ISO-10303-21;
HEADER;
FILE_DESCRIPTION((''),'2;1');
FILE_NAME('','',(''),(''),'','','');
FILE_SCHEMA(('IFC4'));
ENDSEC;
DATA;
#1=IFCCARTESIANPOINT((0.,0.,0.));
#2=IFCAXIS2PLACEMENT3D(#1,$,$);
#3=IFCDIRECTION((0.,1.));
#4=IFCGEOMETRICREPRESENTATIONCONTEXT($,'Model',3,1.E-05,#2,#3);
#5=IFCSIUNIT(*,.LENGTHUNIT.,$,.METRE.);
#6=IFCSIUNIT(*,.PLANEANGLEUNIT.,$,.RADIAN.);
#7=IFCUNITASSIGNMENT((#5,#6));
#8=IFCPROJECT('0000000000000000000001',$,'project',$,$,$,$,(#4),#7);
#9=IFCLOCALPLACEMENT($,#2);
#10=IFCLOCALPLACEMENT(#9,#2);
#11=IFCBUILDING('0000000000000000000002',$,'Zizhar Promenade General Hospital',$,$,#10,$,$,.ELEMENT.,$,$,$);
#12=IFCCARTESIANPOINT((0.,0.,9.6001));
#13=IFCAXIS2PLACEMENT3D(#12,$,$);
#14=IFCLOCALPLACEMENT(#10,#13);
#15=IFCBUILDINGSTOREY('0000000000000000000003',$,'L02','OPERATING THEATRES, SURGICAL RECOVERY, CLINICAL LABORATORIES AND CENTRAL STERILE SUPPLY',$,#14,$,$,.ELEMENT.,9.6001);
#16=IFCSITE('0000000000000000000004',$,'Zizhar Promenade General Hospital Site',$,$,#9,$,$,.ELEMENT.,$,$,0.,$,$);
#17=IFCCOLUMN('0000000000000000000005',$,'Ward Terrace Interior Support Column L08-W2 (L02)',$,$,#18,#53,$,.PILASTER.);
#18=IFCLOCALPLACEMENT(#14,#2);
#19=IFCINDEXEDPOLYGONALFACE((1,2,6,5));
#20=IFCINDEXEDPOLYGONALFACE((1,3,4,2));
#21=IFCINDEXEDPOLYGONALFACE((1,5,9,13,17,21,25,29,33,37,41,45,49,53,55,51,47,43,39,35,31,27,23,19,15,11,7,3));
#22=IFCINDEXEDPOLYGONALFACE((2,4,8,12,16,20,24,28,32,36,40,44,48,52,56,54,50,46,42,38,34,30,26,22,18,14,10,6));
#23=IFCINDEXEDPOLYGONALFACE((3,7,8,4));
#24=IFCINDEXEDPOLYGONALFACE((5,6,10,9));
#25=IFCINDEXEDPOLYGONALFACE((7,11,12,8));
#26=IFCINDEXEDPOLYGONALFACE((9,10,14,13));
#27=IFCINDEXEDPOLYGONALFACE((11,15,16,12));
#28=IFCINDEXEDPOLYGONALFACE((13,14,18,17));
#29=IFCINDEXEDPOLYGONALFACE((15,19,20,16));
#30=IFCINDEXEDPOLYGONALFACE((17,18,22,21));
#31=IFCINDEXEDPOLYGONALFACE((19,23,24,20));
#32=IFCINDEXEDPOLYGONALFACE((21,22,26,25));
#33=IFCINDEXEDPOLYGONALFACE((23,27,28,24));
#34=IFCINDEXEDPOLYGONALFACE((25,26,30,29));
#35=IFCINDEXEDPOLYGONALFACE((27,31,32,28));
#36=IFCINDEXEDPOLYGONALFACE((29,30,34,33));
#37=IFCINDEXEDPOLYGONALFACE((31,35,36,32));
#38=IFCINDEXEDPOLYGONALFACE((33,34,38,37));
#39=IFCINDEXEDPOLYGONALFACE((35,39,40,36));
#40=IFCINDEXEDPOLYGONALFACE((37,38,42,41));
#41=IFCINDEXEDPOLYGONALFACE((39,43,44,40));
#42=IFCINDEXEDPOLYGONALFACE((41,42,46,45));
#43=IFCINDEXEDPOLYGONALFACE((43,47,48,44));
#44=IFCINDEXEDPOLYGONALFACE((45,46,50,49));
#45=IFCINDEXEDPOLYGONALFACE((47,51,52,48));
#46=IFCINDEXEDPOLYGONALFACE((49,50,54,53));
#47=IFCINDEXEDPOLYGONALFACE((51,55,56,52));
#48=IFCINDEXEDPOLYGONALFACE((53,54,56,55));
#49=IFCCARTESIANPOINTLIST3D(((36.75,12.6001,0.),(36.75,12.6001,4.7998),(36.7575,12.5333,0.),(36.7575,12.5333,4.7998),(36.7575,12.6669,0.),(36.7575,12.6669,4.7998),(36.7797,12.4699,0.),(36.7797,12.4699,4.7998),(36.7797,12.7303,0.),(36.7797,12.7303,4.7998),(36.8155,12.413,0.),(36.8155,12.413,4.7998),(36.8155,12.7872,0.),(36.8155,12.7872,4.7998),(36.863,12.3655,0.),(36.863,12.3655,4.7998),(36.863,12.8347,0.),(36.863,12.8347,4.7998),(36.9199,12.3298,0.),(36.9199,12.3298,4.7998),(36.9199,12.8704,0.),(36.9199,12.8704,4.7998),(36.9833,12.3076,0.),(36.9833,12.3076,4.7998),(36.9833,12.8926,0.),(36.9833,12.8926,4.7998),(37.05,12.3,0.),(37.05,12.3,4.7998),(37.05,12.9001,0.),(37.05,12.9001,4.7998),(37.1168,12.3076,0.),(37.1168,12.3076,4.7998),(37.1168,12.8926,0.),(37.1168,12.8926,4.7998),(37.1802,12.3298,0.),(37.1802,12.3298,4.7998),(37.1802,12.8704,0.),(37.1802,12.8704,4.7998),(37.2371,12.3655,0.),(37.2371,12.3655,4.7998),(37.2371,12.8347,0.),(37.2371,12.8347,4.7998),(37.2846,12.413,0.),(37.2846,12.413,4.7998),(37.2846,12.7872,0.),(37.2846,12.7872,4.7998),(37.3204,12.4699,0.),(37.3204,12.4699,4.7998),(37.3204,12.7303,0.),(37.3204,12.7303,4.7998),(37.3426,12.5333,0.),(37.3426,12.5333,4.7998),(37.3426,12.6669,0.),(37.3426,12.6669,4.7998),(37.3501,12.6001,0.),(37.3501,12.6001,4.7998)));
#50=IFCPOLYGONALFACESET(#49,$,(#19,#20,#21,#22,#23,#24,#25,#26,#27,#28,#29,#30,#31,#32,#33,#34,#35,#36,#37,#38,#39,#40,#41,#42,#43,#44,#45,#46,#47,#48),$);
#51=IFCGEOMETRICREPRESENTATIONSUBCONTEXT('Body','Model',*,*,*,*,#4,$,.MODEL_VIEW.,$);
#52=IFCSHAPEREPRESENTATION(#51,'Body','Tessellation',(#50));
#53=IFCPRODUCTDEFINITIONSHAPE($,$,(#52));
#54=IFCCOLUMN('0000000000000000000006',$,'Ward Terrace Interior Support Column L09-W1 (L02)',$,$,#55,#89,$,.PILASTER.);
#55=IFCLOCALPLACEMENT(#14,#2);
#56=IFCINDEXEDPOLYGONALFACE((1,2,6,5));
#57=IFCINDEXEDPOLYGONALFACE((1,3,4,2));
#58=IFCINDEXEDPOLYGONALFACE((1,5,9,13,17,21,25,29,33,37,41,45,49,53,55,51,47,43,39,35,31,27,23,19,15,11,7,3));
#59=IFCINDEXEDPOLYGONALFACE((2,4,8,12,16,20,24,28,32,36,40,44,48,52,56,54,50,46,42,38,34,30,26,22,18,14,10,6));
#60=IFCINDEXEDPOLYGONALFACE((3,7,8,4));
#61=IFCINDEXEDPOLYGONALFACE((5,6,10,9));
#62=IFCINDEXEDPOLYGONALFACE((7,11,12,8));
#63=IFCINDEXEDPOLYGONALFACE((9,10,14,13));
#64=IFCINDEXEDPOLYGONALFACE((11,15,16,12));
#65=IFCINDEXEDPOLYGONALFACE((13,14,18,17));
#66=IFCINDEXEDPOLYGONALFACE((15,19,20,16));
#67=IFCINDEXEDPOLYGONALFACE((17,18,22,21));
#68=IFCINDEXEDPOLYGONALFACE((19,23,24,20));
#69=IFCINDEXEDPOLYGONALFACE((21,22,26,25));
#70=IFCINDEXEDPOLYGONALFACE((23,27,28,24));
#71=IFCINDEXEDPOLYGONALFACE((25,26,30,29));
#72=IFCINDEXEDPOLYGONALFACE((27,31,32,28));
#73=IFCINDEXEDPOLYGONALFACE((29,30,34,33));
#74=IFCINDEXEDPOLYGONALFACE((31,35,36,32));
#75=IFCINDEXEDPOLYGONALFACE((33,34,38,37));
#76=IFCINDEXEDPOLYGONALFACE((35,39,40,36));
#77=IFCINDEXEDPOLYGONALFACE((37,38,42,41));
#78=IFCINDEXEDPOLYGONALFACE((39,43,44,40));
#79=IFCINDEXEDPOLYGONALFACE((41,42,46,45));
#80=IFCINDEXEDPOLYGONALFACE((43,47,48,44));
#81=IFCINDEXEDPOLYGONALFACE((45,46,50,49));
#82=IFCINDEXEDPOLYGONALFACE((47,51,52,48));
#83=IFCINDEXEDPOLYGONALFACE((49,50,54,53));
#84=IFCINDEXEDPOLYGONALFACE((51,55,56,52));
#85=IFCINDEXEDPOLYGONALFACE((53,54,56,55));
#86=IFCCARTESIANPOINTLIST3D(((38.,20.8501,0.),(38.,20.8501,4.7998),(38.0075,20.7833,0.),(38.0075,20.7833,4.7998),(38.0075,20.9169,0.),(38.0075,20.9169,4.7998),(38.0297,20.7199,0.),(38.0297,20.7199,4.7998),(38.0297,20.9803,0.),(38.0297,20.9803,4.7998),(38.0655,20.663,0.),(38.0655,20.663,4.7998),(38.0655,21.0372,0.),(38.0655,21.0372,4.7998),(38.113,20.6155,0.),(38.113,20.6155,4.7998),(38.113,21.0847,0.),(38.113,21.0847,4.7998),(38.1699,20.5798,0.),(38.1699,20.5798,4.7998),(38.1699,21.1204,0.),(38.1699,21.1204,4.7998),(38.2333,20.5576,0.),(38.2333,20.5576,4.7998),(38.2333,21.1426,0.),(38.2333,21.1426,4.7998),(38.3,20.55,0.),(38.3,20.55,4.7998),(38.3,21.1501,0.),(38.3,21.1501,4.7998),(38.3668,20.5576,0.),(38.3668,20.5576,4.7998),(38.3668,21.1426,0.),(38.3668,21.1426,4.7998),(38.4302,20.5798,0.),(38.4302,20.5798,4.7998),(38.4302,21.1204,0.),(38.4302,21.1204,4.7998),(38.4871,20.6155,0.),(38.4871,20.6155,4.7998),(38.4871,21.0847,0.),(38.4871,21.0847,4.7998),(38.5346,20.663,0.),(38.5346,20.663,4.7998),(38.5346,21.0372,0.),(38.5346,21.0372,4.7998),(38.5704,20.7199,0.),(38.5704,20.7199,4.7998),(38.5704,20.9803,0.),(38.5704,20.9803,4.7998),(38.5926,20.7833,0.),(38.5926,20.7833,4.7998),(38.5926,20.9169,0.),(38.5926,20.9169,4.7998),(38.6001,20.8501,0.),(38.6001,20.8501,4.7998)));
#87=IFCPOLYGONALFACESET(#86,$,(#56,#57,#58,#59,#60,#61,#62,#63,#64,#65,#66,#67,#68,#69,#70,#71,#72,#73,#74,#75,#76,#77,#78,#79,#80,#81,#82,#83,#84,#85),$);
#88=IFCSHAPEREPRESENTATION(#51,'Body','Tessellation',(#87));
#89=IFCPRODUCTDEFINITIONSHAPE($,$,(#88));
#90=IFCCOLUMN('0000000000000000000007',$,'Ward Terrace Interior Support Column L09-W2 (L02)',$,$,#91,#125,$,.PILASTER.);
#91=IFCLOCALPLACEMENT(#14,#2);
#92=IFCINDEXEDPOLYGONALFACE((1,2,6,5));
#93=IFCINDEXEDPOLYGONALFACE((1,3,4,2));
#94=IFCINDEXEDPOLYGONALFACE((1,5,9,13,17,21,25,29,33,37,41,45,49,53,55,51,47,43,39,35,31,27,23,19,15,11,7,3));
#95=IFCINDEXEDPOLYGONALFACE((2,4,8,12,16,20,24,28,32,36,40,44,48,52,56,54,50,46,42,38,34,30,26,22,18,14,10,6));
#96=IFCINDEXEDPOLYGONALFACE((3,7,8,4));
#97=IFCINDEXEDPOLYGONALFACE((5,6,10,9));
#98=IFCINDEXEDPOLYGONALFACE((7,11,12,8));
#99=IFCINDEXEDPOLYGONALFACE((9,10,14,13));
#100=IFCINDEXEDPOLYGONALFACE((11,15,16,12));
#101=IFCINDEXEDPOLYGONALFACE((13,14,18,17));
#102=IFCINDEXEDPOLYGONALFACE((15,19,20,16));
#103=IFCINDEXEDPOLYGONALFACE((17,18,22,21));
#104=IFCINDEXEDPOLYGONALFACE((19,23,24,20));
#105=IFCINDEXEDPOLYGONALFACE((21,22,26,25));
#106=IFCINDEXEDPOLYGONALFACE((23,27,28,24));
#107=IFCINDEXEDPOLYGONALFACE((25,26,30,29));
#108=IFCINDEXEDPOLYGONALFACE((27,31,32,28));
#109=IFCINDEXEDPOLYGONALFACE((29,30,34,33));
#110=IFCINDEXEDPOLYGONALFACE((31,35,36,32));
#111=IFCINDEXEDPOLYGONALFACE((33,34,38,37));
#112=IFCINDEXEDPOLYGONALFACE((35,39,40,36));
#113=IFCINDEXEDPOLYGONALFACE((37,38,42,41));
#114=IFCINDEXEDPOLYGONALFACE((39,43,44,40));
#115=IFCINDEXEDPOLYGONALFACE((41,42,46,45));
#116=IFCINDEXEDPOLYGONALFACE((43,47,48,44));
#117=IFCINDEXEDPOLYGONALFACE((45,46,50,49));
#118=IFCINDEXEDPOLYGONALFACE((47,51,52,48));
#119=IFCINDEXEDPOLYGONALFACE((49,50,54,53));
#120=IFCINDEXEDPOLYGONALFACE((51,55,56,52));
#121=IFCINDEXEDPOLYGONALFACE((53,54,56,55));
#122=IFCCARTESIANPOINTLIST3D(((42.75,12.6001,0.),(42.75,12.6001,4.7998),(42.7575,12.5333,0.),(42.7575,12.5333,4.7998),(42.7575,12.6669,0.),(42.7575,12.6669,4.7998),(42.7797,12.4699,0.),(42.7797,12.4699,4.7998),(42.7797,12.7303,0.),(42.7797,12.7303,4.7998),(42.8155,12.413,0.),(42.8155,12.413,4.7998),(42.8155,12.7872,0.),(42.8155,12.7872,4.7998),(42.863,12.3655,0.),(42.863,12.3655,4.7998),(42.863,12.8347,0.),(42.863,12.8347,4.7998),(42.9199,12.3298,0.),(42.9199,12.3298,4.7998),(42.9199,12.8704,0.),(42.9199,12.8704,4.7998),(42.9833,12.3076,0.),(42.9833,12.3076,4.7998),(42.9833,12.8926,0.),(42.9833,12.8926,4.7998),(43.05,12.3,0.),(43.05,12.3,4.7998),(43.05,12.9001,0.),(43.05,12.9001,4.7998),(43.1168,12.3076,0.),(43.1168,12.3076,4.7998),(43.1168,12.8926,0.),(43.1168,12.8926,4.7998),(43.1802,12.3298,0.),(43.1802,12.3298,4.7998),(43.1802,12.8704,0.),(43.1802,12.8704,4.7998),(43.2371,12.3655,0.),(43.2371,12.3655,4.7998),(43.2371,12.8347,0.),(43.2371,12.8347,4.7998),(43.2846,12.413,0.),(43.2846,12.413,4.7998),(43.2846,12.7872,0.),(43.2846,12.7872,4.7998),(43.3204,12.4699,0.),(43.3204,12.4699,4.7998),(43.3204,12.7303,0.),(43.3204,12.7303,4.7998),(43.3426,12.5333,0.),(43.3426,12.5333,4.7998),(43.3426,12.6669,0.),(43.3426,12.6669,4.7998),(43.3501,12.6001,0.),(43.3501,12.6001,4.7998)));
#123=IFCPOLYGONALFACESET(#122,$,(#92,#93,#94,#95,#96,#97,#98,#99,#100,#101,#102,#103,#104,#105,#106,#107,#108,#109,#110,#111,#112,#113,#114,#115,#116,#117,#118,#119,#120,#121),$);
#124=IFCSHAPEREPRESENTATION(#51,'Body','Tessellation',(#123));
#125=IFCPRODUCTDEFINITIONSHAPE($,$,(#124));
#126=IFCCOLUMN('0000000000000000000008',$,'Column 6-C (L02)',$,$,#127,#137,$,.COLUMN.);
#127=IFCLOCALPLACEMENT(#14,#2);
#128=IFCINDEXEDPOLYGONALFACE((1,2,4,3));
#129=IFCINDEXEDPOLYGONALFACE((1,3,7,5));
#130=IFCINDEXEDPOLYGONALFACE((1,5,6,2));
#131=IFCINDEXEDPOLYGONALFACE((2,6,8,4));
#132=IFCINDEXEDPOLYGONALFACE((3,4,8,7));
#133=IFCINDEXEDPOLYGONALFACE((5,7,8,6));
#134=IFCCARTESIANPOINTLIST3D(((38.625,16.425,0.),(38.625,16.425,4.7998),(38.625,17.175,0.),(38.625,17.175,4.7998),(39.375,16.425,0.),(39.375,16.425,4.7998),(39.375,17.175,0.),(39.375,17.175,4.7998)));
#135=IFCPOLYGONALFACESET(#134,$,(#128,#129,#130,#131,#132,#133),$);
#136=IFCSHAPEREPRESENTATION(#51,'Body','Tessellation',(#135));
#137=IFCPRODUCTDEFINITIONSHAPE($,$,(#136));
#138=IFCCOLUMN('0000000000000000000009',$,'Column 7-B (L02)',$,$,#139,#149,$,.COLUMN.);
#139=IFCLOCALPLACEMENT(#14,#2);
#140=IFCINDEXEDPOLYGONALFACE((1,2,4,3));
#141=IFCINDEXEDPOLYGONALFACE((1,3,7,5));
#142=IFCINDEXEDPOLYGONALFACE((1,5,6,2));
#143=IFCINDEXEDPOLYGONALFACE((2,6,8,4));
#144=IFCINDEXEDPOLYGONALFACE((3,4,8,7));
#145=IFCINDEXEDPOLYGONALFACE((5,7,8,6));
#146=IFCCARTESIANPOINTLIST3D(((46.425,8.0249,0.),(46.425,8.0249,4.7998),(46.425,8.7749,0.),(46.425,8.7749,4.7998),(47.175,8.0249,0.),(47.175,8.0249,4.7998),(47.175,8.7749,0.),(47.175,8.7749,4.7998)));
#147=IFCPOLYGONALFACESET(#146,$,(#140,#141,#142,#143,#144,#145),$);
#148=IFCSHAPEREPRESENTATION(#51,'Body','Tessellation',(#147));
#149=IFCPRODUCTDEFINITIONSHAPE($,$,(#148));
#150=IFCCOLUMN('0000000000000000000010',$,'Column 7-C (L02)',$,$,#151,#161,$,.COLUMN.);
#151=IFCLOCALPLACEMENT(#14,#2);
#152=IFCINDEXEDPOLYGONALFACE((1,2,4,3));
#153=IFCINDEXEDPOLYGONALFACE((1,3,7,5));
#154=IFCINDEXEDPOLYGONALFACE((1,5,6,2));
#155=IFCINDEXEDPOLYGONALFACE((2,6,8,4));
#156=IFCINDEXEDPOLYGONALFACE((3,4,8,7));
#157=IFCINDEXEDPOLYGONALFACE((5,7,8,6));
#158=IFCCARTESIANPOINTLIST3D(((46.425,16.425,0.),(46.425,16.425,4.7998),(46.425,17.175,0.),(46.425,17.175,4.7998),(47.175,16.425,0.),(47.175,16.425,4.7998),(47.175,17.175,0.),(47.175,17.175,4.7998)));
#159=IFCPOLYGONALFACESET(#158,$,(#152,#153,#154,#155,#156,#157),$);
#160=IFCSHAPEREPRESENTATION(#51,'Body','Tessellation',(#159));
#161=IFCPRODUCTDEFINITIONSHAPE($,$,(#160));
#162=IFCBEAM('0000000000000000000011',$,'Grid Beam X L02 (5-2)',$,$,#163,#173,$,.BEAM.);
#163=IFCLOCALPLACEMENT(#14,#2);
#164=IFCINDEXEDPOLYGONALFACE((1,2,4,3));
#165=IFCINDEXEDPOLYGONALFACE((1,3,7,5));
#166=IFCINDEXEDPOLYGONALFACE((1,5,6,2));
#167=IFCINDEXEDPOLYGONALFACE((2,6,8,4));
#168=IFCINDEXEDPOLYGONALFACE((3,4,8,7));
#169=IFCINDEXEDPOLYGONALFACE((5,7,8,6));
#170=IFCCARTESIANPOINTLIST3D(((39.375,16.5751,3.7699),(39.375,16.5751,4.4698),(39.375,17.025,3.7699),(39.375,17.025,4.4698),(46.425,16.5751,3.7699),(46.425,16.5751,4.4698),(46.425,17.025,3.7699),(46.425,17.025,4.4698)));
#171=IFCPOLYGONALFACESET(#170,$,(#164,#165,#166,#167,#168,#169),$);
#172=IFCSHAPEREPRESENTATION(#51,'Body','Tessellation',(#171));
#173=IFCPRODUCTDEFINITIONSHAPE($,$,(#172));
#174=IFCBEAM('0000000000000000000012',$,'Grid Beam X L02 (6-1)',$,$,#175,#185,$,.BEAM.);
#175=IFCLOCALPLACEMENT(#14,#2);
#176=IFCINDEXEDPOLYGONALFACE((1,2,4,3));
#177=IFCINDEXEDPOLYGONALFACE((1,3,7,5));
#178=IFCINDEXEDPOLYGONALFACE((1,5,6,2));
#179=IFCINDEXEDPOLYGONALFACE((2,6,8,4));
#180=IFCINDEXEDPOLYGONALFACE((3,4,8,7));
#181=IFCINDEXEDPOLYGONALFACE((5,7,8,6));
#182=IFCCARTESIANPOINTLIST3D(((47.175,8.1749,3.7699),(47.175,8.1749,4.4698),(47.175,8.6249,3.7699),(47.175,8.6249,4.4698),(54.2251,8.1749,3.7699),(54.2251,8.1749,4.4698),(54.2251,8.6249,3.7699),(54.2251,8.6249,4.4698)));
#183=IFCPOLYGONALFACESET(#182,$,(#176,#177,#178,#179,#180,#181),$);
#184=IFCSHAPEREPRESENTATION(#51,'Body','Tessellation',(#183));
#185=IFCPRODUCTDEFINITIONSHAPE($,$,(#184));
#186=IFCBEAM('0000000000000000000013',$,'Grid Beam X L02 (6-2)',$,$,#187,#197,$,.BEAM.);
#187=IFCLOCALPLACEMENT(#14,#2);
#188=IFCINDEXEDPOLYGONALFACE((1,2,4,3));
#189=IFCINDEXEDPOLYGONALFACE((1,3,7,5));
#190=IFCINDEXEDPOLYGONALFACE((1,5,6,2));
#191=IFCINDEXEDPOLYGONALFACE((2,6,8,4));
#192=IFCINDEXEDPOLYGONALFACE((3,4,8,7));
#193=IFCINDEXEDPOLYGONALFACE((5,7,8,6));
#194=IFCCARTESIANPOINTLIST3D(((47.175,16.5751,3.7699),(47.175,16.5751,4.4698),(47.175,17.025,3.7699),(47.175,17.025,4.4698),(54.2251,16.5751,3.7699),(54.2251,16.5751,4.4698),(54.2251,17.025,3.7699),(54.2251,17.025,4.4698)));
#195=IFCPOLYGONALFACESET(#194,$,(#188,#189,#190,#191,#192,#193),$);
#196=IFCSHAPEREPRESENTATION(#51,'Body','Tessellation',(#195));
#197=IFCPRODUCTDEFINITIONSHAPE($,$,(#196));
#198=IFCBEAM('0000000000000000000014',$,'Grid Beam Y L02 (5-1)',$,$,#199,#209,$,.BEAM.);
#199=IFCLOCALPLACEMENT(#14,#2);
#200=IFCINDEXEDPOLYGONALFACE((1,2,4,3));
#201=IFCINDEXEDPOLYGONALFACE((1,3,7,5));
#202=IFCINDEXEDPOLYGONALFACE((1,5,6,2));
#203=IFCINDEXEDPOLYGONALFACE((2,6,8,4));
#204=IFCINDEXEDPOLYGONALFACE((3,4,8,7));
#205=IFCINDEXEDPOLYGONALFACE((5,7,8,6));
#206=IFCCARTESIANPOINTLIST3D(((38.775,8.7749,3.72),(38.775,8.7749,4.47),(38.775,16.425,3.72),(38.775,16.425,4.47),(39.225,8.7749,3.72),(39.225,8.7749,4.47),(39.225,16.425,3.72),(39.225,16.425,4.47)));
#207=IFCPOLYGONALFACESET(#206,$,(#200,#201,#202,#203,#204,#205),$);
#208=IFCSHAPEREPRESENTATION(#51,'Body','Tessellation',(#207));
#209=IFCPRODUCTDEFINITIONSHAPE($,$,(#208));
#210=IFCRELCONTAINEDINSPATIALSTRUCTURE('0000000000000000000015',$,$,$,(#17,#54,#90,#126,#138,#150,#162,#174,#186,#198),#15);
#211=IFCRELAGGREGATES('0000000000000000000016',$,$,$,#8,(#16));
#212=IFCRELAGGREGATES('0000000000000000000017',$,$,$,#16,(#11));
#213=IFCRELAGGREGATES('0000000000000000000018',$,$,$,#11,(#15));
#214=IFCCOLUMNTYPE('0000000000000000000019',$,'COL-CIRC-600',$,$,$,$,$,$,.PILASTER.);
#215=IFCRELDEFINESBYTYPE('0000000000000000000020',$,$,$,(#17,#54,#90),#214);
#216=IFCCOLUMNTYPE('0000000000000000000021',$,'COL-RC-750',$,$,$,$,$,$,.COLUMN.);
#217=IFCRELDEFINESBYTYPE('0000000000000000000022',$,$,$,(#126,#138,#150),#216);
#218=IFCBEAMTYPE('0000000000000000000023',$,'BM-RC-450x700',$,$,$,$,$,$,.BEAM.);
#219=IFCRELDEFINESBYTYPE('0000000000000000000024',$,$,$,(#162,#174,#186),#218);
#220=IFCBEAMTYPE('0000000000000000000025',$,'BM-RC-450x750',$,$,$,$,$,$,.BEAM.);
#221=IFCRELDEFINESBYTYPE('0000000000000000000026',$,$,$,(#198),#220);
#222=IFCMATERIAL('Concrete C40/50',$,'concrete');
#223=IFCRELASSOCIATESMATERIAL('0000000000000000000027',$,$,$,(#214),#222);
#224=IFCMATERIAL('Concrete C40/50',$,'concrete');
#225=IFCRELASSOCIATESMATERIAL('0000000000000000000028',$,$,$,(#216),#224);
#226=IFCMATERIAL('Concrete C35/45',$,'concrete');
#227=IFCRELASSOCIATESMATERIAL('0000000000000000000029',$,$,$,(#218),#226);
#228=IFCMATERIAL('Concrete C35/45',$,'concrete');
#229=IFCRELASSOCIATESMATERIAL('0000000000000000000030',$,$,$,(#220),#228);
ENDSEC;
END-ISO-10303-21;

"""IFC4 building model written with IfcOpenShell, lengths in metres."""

from ifc_helpers import new_model, si_unit, direction, frame, origin, origin_2d, place, context, subcontext, project, spatial, rectangle, circle, extrude, material, material_profile, profile_set, type_object, element, save


model = new_model("IFC4")

# Units and contexts
model_context = context("Model", 3, precision=1e-05, world=origin(), true_north=direction((0.0, 1.0)))
body_context = subcontext(model_context, "Body", "Model", "MODEL_VIEW")
ifc_project = project(units=[si_unit("LENGTHUNIT", "METRE"), si_unit("PLANEANGLEUNIT", "RADIAN")], contexts=[model_context])

# Site, building, storey
site_placement = place(None, origin())
site = spatial("IfcSite", under=ifc_project, at=site_placement, Name="Zizhar Promenade General Hospital Site", CompositionType="ELEMENT", RefElevation=0.0)
building_placement = place(site_placement, origin())
building = spatial("IfcBuilding", under=site, at=building_placement, Name="Zizhar Promenade General Hospital", CompositionType="ELEMENT")
storey_placement = place(building_placement, frame((0.0, 0.0, 9.6001)))
storey = spatial("IfcBuildingStorey", under=building, at=storey_placement, Name="L02", Description="OPERATING THEATRES, SURGICAL RECOVERY, CLINICAL LABORATORIES AND CENTRAL STERILE SUPPLY", CompositionType="ELEMENT", Elevation=9.6001)

# Columns
ifc_material_1 = material(Name="Concrete C40/50", Category="concrete")
ifc_material_profile_1 = material_profile(ifc_material_1, circle(Radius=0.3, at=origin_2d()))
ifc_profile_set_1 = profile_set([ifc_material_profile_1], Name="Concrete C40/50")
column_type_1 = type_object("IfcColumnType", Name="COL-CIRC-600", PredefinedType="PILASTER", material=ifc_profile_set_1)
for number, where, z_axis, x_axis, name in (
    (1, (37.05, 12.6001, 0.0), (0.0, 0.0, 1.0), (1.0, 0.0, 0.0), "Ward Terrace Interior Support Column L08-W2 (L02)"),
    (2, (38.3, 20.8501, 0.0), (0.0, 0.0, 1.0), (1.0, 0.0, 0.0), "Ward Terrace Interior Support Column L09-W1 (L02)"),
    (3, (43.05, 12.6001, 0.0), (0.0, 0.0, 1.0), (1.0, 0.0, 0.0), "Ward Terrace Interior Support Column L09-W2 (L02)"),
):
    element("IfcColumn", number, at=place(storey_placement, frame(where, z_axis=z_axis, x_axis=x_axis)), inside=storey, type_object=column_type_1, Name=name, PredefinedType="PILASTER", context=body_context, shape_type="SweptSolid", body=[
        extrude(circle(Radius=0.3, at=origin_2d()), origin(), (0.0, 0.0, 1.0), 4.7998),
    ])
ifc_material_2 = material(Name="Concrete C40/50", Category="concrete")
ifc_material_profile_2 = material_profile(ifc_material_2, rectangle(XDim=0.75, YDim=0.75, at=origin_2d()))
ifc_profile_set_2 = profile_set([ifc_material_profile_2], Name="Concrete C40/50")
column_type_2 = type_object("IfcColumnType", Name="COL-RC-750", PredefinedType="COLUMN", material=ifc_profile_set_2)
for number, where, z_axis, x_axis, name in (
    (4, (39.0, 16.8, 0.0), (0.0, 0.0, 1.0), (1.0, 0.0, 0.0), "Column 6-C (L02)"),
    (5, (46.8, 8.3999, 0.0), (0.0, 0.0, 1.0), (1.0, 0.0, 0.0), "Column 7-B (L02)"),
    (6, (46.8, 16.8, 0.0), (0.0, 0.0, 1.0), (1.0, 0.0, 0.0), "Column 7-C (L02)"),
):
    element("IfcColumn", number, at=place(storey_placement, frame(where, z_axis=z_axis, x_axis=x_axis)), inside=storey, type_object=column_type_2, Name=name, PredefinedType="COLUMN", context=body_context, shape_type="SweptSolid", body=[
        extrude(rectangle(XDim=0.75, YDim=0.75, at=origin_2d()), origin(), (0.0, 0.0, 1.0), 4.7998),
    ])

# Beams
ifc_material_3 = material(Name="Concrete C35/45", Category="concrete")
ifc_material_profile_3 = material_profile(ifc_material_3, rectangle(XDim=0.45, YDim=0.7, at=origin_2d()))
ifc_profile_set_3 = profile_set([ifc_material_profile_3], Name="Concrete C35/45")
beam_type_1 = type_object("IfcBeamType", Name="BM-RC-450x700", PredefinedType="BEAM", material=ifc_profile_set_3)
for number, where, z_axis, x_axis, name in (
    (7, (39.375, 16.8, 4.1199), (1.0, 0.0, 0.0), (0.0, 1.0, 0.0), "Grid Beam X L02 (5-2)"),
    (8, (47.175, 8.3999, 4.1199), (1.0, 0.0, 0.0), (0.0, 1.0, 0.0), "Grid Beam X L02 (6-1)"),
    (9, (47.175, 16.8, 4.1199), (1.0, 0.0, 0.0), (0.0, 1.0, 0.0), "Grid Beam X L02 (6-2)"),
):
    element("IfcBeam", number, at=place(storey_placement, frame(where, z_axis=z_axis, x_axis=x_axis)), inside=storey, type_object=beam_type_1, Name=name, PredefinedType="BEAM", context=body_context, shape_type="SweptSolid", body=[
        extrude(rectangle(XDim=0.45, YDim=0.7, at=origin_2d()), origin(), (0.0, 0.0, 1.0), 7.05),
    ])
ifc_material_4 = material(Name="Concrete C35/45", Category="concrete")
ifc_material_profile_4 = material_profile(ifc_material_4, rectangle(XDim=0.45, YDim=0.75, at=origin_2d()))
ifc_profile_set_4 = profile_set([ifc_material_profile_4], Name="Concrete C35/45")
beam_type_2 = type_object("IfcBeamType", Name="BM-RC-450x750", PredefinedType="BEAM", material=ifc_profile_set_4)
beam_1_placement = place(storey_placement, frame((39.0, 8.7749, 4.095), z_axis=(0.0, 1.0, 0.0), x_axis=(-1.0, 0.0, 0.0)))
element("IfcBeam", 10, at=beam_1_placement, inside=storey, type_object=beam_type_2, Name="Grid Beam Y L02 (5-1)", PredefinedType="BEAM", context=body_context, shape_type="SweptSolid", body=[
    extrude(rectangle(XDim=0.45, YDim=0.75, at=origin_2d()), origin(), (0.0, 0.0, 1.0), 7.6501),
])

save(model, "model.ifc")
